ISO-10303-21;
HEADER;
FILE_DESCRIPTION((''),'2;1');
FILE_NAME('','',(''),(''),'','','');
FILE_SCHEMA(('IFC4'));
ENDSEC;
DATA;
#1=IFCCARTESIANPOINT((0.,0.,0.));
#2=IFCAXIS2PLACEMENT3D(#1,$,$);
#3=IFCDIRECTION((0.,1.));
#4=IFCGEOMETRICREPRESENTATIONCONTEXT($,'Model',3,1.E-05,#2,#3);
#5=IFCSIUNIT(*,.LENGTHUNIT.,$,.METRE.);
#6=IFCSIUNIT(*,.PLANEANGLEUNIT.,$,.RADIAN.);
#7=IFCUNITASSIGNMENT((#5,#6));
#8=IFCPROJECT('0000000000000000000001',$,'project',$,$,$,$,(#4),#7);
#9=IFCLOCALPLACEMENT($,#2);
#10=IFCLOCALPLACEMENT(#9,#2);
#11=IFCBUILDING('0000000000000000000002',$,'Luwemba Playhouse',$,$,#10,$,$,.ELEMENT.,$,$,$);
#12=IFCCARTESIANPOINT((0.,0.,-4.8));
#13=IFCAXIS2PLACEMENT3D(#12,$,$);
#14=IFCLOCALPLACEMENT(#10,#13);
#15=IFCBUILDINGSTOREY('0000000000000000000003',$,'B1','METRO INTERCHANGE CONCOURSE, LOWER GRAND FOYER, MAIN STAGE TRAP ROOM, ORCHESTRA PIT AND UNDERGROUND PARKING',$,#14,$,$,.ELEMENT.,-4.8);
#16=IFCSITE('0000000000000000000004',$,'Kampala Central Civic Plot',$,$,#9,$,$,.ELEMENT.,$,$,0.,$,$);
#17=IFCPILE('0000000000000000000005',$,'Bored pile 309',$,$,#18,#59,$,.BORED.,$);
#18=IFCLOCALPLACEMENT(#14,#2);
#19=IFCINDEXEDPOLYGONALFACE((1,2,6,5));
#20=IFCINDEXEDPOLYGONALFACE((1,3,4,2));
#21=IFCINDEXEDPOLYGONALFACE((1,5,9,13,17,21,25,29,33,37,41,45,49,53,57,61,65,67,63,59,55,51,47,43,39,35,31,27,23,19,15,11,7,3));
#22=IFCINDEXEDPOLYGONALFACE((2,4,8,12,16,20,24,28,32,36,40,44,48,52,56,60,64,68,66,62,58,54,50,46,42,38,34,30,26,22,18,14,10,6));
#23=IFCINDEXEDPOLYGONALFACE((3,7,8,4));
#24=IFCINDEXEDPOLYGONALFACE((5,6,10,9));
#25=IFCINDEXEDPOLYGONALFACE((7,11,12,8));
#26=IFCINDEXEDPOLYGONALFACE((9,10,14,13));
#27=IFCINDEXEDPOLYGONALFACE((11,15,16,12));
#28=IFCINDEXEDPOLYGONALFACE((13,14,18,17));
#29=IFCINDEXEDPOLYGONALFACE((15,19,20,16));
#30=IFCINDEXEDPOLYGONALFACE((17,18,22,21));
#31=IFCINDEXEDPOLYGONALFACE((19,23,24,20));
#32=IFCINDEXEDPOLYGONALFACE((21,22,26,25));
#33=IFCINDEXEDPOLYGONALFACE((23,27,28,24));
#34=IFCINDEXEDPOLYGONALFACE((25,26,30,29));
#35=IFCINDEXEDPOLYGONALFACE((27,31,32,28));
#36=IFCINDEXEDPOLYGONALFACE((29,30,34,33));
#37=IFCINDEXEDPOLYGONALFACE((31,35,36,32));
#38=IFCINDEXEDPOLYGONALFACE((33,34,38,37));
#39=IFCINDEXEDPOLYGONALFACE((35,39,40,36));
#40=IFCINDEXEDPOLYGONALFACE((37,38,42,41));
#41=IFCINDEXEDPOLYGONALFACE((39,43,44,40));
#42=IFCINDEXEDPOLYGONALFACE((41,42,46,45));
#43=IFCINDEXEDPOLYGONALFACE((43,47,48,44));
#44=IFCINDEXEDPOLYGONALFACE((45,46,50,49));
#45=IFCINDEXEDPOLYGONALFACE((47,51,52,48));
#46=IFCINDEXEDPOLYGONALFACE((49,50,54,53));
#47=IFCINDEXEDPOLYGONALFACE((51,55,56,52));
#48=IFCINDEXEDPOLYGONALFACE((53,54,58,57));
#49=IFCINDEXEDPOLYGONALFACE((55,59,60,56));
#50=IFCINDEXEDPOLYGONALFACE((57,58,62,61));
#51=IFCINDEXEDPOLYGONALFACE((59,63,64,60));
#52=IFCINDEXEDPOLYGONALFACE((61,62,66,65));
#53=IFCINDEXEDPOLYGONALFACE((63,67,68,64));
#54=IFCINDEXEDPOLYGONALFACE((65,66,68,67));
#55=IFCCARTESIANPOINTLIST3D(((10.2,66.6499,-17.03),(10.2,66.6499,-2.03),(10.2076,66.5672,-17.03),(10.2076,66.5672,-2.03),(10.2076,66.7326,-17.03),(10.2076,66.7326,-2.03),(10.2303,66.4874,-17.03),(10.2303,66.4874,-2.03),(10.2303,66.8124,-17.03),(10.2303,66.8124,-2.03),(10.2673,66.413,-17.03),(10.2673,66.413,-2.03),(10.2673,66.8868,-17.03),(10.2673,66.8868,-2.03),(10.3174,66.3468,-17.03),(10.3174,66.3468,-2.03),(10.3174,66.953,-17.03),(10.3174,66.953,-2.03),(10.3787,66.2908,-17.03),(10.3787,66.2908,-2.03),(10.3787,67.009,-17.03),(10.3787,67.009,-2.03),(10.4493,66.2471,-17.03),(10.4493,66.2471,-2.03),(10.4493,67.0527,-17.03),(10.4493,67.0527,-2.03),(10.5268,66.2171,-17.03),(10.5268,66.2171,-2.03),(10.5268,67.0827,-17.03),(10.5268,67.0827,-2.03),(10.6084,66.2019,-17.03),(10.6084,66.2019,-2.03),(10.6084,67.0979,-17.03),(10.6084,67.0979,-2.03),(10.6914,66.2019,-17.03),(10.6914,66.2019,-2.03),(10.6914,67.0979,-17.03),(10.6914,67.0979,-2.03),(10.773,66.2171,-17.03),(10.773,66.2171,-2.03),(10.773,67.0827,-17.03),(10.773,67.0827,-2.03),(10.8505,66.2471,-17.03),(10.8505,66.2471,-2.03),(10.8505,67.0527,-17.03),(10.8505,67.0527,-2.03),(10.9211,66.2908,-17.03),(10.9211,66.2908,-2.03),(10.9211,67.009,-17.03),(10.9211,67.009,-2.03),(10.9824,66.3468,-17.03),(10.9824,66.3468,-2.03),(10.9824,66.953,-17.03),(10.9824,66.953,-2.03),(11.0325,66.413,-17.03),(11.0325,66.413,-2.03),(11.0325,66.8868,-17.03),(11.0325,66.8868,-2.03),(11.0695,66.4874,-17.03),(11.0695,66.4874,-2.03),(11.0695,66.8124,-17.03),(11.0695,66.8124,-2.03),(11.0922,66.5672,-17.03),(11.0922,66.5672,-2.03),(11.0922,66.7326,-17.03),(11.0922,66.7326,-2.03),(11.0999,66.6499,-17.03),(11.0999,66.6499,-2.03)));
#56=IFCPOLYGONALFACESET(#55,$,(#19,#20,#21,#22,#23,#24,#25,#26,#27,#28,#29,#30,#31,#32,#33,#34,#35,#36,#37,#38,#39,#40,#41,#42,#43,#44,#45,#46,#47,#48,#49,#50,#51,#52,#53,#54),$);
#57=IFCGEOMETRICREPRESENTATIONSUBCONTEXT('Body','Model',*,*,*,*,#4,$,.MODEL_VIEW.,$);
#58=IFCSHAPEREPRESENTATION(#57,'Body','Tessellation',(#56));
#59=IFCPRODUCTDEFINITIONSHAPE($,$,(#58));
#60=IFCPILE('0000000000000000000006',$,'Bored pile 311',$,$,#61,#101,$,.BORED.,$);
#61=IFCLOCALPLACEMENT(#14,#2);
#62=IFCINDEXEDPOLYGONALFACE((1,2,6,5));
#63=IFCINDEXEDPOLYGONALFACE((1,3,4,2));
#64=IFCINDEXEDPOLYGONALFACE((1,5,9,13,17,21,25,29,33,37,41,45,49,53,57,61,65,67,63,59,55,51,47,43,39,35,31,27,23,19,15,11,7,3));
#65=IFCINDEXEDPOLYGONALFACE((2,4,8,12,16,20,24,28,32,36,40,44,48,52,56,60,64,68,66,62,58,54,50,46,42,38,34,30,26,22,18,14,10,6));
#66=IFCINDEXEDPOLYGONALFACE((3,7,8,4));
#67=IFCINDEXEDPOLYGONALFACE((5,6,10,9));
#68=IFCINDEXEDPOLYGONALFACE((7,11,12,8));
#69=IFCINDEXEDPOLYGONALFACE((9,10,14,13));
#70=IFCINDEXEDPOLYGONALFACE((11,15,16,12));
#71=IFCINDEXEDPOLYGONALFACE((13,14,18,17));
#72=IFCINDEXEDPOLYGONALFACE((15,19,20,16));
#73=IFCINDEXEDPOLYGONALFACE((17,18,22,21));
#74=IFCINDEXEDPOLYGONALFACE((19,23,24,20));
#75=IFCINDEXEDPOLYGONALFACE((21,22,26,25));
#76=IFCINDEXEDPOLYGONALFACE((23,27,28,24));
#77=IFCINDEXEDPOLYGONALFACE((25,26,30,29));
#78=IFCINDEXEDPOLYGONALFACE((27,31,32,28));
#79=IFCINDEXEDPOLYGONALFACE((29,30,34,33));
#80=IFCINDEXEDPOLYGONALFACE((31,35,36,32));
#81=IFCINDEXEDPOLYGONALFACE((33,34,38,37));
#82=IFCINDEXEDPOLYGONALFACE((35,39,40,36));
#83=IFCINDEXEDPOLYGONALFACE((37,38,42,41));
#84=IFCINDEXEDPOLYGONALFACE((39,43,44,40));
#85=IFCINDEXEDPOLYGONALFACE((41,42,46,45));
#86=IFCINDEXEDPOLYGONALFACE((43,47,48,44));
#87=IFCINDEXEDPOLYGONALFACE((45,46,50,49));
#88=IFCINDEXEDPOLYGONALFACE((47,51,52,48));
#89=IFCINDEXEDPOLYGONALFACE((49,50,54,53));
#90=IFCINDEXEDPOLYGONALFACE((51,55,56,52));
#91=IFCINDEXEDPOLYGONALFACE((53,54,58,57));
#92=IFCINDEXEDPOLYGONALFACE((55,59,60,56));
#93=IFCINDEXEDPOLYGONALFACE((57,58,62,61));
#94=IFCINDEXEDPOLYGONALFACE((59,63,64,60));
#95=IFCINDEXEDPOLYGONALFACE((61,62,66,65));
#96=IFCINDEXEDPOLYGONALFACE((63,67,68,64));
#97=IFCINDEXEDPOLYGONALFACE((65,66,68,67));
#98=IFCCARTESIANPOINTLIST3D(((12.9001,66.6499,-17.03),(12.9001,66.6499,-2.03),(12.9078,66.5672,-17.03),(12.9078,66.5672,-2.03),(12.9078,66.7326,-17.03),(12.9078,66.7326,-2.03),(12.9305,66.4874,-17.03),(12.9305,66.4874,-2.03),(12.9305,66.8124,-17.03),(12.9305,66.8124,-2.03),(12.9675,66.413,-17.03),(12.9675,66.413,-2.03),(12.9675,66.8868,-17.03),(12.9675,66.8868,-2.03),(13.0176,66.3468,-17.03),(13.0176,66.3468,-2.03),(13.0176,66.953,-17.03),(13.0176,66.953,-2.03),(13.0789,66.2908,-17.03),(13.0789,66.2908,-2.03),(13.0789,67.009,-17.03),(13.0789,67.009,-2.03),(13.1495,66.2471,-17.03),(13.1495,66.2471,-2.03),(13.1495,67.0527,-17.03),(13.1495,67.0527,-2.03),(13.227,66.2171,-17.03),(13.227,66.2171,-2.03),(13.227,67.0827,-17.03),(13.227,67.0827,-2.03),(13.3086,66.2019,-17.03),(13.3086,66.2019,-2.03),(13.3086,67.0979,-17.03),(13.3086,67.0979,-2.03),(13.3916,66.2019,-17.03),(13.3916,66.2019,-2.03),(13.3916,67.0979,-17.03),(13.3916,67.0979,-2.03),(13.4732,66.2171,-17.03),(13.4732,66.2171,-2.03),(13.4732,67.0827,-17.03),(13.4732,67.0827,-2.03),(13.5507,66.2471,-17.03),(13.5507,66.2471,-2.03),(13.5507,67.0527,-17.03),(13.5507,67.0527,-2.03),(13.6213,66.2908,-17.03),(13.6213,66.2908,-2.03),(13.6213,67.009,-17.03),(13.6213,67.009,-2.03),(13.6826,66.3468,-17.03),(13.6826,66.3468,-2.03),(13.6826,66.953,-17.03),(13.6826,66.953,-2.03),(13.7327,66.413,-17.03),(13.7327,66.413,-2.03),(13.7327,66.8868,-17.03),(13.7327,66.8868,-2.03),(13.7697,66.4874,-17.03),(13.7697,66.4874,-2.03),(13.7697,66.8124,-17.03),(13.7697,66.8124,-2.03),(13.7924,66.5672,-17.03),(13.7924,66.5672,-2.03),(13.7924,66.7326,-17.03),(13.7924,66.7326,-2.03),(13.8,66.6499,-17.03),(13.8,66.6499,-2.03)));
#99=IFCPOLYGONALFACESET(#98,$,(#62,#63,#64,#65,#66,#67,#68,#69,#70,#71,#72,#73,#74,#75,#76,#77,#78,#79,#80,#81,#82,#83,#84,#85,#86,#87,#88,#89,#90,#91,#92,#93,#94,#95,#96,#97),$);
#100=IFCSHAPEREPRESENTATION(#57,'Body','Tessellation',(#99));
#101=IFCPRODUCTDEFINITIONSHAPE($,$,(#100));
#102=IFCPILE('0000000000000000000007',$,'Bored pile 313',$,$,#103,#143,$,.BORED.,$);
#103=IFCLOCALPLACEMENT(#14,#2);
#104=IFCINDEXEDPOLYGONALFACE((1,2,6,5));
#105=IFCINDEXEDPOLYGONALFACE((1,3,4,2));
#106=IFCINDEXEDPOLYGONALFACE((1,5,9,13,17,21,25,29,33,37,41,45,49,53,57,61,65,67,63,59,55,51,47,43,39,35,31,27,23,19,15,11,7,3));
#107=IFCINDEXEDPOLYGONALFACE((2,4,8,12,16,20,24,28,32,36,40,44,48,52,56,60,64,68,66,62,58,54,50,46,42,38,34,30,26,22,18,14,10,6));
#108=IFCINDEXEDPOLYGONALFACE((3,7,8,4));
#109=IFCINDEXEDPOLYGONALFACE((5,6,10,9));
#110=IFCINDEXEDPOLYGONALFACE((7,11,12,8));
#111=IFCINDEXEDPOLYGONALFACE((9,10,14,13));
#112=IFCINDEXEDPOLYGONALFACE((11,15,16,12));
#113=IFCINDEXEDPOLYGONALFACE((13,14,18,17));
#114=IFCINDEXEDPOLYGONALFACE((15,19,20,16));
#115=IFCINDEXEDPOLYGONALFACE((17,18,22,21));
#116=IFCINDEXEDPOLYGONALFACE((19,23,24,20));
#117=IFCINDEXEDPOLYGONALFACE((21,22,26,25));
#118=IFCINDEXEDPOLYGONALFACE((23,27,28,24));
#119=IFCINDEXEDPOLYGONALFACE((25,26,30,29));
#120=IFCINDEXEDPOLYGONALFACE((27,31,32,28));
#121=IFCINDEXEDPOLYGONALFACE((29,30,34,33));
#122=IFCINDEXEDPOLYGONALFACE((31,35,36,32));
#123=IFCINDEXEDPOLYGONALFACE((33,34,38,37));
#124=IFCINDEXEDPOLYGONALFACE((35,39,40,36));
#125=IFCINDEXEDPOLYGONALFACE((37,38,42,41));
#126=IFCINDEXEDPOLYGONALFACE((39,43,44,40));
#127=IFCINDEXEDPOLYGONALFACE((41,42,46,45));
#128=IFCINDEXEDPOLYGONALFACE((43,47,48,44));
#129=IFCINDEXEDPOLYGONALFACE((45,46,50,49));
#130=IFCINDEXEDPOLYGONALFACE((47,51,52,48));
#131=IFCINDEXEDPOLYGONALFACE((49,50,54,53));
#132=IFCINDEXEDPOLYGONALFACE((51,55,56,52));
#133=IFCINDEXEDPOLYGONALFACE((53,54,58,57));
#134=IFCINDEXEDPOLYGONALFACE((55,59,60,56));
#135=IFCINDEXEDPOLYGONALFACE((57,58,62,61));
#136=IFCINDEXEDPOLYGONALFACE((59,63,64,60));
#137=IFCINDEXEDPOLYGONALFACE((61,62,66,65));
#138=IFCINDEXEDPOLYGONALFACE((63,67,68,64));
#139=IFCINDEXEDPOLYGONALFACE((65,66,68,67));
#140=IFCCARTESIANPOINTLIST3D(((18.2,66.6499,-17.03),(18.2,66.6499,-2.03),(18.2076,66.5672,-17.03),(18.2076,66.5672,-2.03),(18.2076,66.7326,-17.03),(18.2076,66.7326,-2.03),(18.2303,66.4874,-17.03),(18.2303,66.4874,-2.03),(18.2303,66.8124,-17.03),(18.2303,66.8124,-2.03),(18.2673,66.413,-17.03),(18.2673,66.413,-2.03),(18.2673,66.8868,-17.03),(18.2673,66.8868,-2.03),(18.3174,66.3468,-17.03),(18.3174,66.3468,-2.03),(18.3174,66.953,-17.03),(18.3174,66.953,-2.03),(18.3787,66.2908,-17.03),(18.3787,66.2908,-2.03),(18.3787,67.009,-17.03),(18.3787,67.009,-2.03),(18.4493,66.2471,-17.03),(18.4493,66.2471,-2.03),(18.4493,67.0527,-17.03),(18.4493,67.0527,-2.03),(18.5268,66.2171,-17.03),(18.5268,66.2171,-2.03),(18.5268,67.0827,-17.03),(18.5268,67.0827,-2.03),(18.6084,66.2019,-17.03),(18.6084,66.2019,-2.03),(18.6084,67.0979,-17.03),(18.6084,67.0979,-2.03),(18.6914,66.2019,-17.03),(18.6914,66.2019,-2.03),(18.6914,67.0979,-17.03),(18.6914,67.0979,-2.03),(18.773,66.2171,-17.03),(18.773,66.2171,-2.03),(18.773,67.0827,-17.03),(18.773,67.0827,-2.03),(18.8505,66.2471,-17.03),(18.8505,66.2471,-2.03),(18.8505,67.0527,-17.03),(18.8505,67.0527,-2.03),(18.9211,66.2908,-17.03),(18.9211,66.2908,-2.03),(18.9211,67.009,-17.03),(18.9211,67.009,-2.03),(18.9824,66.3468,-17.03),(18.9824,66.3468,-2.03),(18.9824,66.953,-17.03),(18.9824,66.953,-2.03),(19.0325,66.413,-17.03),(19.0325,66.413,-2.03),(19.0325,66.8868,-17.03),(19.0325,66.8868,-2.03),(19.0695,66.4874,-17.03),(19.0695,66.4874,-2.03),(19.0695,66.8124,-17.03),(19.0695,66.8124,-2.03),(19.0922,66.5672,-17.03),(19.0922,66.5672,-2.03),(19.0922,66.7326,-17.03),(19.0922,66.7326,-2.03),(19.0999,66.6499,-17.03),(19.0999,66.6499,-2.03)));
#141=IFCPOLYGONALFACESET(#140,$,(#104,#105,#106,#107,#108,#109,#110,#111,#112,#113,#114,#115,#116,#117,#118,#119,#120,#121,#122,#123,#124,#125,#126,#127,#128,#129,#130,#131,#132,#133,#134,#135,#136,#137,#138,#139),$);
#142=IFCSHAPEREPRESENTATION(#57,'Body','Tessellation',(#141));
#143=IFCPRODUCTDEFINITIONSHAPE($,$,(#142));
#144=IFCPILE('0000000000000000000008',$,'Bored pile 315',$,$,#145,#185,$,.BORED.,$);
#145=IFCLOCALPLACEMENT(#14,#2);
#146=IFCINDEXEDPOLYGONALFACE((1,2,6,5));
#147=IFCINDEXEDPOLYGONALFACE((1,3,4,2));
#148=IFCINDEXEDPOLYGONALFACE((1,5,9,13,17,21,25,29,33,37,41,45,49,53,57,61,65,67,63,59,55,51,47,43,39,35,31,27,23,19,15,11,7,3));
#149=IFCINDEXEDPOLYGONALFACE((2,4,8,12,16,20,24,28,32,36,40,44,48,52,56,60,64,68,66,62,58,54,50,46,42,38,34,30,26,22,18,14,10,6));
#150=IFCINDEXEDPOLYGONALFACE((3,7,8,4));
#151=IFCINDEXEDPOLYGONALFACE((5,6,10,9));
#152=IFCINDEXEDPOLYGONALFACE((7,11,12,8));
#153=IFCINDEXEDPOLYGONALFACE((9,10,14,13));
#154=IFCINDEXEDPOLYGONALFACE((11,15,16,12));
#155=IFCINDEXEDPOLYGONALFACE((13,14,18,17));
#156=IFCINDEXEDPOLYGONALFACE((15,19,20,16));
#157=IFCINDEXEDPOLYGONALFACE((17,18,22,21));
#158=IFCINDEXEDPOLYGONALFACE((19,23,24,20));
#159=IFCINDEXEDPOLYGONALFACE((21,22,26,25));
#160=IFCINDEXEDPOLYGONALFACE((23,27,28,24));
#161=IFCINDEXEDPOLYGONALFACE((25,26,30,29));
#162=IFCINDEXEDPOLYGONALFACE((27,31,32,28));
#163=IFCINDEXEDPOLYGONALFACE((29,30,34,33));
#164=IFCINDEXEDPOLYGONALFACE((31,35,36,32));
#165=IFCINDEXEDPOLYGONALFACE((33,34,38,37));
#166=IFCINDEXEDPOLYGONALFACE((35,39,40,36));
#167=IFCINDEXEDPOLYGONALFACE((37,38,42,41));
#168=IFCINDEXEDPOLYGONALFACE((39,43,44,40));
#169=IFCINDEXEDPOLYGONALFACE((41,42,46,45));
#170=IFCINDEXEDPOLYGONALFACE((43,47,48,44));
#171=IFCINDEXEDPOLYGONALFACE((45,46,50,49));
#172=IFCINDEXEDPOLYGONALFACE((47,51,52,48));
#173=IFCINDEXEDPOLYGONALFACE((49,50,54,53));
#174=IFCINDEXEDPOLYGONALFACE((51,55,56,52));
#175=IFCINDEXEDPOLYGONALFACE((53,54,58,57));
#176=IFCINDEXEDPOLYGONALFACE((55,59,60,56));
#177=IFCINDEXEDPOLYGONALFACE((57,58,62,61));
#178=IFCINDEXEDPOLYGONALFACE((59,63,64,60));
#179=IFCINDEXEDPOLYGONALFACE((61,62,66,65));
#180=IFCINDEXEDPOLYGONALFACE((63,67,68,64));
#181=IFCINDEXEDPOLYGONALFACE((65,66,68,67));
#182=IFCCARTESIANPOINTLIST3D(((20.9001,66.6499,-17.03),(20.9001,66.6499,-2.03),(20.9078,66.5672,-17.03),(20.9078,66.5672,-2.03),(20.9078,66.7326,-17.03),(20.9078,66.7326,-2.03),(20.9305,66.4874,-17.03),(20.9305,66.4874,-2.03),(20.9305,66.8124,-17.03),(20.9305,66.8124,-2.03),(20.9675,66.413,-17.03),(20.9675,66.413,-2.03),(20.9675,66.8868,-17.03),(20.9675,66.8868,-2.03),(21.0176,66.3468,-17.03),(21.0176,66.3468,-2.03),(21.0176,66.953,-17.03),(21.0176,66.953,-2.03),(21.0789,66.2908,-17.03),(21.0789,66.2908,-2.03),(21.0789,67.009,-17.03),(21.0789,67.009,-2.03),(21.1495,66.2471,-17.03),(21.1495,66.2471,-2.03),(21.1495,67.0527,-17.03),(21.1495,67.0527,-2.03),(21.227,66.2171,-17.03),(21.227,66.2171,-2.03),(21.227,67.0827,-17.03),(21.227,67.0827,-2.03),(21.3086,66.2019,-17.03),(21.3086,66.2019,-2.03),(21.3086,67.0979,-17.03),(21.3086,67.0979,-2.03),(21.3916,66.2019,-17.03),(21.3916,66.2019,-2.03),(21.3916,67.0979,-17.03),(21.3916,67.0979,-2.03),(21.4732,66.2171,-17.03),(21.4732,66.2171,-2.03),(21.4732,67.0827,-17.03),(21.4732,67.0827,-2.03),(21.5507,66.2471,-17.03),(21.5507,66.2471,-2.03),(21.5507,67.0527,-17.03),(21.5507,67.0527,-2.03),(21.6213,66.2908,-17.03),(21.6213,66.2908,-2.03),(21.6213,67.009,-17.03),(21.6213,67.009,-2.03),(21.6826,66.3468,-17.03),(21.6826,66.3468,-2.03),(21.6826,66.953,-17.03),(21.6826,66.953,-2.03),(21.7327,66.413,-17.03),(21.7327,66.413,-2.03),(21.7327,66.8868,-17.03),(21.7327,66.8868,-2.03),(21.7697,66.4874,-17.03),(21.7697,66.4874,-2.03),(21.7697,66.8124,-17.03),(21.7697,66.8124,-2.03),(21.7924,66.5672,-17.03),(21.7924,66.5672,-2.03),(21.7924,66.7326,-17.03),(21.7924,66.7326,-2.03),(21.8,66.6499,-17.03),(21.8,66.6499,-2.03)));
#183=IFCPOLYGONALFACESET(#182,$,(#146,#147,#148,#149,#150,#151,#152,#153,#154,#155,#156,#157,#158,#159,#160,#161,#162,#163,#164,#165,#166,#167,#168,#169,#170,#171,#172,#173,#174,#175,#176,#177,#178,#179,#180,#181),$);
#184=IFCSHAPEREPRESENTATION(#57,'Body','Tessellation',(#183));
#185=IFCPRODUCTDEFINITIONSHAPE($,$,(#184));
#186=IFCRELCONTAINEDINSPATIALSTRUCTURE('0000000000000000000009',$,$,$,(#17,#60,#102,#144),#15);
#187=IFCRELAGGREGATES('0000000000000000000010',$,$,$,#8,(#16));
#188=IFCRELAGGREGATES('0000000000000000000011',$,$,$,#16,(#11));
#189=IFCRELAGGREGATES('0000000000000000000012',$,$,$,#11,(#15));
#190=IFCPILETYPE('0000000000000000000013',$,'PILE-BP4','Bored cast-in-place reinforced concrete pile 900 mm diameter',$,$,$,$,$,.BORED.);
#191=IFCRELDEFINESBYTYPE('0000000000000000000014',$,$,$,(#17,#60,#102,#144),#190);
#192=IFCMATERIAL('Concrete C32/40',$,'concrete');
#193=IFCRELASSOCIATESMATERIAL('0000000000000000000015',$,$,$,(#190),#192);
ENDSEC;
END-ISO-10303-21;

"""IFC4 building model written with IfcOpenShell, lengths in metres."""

from ifc_helpers import new_model, si_unit, direction, frame, origin, origin_2d, place, context, subcontext, project, spatial, circle, extrude, material, material_profile, profile_set, type_object, element, save


model = new_model("IFC4")

# Units and contexts
model_context = context("Model", 3, precision=1e-05, world=origin(), true_north=direction((0.0, 1.0)))
body_context = subcontext(model_context, "Body", "Model", "MODEL_VIEW")
ifc_project = project(units=[si_unit("LENGTHUNIT", "METRE"), si_unit("PLANEANGLEUNIT", "RADIAN")], contexts=[model_context])

# Site, building, storey
site_placement = place(None, origin())
site = spatial("IfcSite", under=ifc_project, at=site_placement, Name="Kampala Central Civic Plot", CompositionType="ELEMENT", RefElevation=0.0)
building_placement = place(site_placement, origin())
building = spatial("IfcBuilding", under=site, at=building_placement, Name="Luwemba Playhouse", CompositionType="ELEMENT")
storey_placement = place(building_placement, frame((0.0, 0.0, -4.8)))
storey = spatial("IfcBuildingStorey", under=building, at=storey_placement, Name="B1", Description="METRO INTERCHANGE CONCOURSE, LOWER GRAND FOYER, MAIN STAGE TRAP ROOM, ORCHESTRA PIT AND UNDERGROUND PARKING", CompositionType="ELEMENT", Elevation=-4.8)

# Shared definitions
ifc_material_1 = material(Name="Concrete C32/40", Category="concrete")

# Piles
ifc_material_profile_1 = material_profile(ifc_material_1, circle(Radius=0.45, at=origin_2d()))
ifc_profile_set_1 = profile_set([ifc_material_profile_1], Name="Concrete C32/40")
pile_type_1 = type_object("IfcPileType", Name="PILE-BP4", Description="Bored cast-in-place reinforced concrete pile 900 mm diameter", PredefinedType="BORED", material=ifc_profile_set_1)
for number, where, z_axis, x_axis, name in (
    (1, (10.6499, 66.6499, -2.03), (0.0, 0.0, -1.0), (1.0, 0.0, 0.0), "Bored pile 309"),
    (2, (13.3501, 66.6499, -2.03), (0.0, 0.0, -1.0), (1.0, 0.0, 0.0), "Bored pile 311"),
    (3, (18.6499, 66.6499, -2.03), (0.0, 0.0, -1.0), (1.0, 0.0, 0.0), "Bored pile 313"),
    (4, (21.3501, 66.6499, -2.03), (0.0, 0.0, -1.0), (1.0, 0.0, 0.0), "Bored pile 315"),
):
    element("IfcPile", number, at=place(storey_placement, frame(where, z_axis=z_axis, x_axis=x_axis)), inside=storey, type_object=pile_type_1, Name=name, PredefinedType="BORED", context=body_context, shape_type="SweptSolid", body=[
        extrude(circle(Radius=0.45, at=origin_2d()), origin(), (0.0, 0.0, 1.0), 15.0),
    ])

save(model, "model.ifc")
